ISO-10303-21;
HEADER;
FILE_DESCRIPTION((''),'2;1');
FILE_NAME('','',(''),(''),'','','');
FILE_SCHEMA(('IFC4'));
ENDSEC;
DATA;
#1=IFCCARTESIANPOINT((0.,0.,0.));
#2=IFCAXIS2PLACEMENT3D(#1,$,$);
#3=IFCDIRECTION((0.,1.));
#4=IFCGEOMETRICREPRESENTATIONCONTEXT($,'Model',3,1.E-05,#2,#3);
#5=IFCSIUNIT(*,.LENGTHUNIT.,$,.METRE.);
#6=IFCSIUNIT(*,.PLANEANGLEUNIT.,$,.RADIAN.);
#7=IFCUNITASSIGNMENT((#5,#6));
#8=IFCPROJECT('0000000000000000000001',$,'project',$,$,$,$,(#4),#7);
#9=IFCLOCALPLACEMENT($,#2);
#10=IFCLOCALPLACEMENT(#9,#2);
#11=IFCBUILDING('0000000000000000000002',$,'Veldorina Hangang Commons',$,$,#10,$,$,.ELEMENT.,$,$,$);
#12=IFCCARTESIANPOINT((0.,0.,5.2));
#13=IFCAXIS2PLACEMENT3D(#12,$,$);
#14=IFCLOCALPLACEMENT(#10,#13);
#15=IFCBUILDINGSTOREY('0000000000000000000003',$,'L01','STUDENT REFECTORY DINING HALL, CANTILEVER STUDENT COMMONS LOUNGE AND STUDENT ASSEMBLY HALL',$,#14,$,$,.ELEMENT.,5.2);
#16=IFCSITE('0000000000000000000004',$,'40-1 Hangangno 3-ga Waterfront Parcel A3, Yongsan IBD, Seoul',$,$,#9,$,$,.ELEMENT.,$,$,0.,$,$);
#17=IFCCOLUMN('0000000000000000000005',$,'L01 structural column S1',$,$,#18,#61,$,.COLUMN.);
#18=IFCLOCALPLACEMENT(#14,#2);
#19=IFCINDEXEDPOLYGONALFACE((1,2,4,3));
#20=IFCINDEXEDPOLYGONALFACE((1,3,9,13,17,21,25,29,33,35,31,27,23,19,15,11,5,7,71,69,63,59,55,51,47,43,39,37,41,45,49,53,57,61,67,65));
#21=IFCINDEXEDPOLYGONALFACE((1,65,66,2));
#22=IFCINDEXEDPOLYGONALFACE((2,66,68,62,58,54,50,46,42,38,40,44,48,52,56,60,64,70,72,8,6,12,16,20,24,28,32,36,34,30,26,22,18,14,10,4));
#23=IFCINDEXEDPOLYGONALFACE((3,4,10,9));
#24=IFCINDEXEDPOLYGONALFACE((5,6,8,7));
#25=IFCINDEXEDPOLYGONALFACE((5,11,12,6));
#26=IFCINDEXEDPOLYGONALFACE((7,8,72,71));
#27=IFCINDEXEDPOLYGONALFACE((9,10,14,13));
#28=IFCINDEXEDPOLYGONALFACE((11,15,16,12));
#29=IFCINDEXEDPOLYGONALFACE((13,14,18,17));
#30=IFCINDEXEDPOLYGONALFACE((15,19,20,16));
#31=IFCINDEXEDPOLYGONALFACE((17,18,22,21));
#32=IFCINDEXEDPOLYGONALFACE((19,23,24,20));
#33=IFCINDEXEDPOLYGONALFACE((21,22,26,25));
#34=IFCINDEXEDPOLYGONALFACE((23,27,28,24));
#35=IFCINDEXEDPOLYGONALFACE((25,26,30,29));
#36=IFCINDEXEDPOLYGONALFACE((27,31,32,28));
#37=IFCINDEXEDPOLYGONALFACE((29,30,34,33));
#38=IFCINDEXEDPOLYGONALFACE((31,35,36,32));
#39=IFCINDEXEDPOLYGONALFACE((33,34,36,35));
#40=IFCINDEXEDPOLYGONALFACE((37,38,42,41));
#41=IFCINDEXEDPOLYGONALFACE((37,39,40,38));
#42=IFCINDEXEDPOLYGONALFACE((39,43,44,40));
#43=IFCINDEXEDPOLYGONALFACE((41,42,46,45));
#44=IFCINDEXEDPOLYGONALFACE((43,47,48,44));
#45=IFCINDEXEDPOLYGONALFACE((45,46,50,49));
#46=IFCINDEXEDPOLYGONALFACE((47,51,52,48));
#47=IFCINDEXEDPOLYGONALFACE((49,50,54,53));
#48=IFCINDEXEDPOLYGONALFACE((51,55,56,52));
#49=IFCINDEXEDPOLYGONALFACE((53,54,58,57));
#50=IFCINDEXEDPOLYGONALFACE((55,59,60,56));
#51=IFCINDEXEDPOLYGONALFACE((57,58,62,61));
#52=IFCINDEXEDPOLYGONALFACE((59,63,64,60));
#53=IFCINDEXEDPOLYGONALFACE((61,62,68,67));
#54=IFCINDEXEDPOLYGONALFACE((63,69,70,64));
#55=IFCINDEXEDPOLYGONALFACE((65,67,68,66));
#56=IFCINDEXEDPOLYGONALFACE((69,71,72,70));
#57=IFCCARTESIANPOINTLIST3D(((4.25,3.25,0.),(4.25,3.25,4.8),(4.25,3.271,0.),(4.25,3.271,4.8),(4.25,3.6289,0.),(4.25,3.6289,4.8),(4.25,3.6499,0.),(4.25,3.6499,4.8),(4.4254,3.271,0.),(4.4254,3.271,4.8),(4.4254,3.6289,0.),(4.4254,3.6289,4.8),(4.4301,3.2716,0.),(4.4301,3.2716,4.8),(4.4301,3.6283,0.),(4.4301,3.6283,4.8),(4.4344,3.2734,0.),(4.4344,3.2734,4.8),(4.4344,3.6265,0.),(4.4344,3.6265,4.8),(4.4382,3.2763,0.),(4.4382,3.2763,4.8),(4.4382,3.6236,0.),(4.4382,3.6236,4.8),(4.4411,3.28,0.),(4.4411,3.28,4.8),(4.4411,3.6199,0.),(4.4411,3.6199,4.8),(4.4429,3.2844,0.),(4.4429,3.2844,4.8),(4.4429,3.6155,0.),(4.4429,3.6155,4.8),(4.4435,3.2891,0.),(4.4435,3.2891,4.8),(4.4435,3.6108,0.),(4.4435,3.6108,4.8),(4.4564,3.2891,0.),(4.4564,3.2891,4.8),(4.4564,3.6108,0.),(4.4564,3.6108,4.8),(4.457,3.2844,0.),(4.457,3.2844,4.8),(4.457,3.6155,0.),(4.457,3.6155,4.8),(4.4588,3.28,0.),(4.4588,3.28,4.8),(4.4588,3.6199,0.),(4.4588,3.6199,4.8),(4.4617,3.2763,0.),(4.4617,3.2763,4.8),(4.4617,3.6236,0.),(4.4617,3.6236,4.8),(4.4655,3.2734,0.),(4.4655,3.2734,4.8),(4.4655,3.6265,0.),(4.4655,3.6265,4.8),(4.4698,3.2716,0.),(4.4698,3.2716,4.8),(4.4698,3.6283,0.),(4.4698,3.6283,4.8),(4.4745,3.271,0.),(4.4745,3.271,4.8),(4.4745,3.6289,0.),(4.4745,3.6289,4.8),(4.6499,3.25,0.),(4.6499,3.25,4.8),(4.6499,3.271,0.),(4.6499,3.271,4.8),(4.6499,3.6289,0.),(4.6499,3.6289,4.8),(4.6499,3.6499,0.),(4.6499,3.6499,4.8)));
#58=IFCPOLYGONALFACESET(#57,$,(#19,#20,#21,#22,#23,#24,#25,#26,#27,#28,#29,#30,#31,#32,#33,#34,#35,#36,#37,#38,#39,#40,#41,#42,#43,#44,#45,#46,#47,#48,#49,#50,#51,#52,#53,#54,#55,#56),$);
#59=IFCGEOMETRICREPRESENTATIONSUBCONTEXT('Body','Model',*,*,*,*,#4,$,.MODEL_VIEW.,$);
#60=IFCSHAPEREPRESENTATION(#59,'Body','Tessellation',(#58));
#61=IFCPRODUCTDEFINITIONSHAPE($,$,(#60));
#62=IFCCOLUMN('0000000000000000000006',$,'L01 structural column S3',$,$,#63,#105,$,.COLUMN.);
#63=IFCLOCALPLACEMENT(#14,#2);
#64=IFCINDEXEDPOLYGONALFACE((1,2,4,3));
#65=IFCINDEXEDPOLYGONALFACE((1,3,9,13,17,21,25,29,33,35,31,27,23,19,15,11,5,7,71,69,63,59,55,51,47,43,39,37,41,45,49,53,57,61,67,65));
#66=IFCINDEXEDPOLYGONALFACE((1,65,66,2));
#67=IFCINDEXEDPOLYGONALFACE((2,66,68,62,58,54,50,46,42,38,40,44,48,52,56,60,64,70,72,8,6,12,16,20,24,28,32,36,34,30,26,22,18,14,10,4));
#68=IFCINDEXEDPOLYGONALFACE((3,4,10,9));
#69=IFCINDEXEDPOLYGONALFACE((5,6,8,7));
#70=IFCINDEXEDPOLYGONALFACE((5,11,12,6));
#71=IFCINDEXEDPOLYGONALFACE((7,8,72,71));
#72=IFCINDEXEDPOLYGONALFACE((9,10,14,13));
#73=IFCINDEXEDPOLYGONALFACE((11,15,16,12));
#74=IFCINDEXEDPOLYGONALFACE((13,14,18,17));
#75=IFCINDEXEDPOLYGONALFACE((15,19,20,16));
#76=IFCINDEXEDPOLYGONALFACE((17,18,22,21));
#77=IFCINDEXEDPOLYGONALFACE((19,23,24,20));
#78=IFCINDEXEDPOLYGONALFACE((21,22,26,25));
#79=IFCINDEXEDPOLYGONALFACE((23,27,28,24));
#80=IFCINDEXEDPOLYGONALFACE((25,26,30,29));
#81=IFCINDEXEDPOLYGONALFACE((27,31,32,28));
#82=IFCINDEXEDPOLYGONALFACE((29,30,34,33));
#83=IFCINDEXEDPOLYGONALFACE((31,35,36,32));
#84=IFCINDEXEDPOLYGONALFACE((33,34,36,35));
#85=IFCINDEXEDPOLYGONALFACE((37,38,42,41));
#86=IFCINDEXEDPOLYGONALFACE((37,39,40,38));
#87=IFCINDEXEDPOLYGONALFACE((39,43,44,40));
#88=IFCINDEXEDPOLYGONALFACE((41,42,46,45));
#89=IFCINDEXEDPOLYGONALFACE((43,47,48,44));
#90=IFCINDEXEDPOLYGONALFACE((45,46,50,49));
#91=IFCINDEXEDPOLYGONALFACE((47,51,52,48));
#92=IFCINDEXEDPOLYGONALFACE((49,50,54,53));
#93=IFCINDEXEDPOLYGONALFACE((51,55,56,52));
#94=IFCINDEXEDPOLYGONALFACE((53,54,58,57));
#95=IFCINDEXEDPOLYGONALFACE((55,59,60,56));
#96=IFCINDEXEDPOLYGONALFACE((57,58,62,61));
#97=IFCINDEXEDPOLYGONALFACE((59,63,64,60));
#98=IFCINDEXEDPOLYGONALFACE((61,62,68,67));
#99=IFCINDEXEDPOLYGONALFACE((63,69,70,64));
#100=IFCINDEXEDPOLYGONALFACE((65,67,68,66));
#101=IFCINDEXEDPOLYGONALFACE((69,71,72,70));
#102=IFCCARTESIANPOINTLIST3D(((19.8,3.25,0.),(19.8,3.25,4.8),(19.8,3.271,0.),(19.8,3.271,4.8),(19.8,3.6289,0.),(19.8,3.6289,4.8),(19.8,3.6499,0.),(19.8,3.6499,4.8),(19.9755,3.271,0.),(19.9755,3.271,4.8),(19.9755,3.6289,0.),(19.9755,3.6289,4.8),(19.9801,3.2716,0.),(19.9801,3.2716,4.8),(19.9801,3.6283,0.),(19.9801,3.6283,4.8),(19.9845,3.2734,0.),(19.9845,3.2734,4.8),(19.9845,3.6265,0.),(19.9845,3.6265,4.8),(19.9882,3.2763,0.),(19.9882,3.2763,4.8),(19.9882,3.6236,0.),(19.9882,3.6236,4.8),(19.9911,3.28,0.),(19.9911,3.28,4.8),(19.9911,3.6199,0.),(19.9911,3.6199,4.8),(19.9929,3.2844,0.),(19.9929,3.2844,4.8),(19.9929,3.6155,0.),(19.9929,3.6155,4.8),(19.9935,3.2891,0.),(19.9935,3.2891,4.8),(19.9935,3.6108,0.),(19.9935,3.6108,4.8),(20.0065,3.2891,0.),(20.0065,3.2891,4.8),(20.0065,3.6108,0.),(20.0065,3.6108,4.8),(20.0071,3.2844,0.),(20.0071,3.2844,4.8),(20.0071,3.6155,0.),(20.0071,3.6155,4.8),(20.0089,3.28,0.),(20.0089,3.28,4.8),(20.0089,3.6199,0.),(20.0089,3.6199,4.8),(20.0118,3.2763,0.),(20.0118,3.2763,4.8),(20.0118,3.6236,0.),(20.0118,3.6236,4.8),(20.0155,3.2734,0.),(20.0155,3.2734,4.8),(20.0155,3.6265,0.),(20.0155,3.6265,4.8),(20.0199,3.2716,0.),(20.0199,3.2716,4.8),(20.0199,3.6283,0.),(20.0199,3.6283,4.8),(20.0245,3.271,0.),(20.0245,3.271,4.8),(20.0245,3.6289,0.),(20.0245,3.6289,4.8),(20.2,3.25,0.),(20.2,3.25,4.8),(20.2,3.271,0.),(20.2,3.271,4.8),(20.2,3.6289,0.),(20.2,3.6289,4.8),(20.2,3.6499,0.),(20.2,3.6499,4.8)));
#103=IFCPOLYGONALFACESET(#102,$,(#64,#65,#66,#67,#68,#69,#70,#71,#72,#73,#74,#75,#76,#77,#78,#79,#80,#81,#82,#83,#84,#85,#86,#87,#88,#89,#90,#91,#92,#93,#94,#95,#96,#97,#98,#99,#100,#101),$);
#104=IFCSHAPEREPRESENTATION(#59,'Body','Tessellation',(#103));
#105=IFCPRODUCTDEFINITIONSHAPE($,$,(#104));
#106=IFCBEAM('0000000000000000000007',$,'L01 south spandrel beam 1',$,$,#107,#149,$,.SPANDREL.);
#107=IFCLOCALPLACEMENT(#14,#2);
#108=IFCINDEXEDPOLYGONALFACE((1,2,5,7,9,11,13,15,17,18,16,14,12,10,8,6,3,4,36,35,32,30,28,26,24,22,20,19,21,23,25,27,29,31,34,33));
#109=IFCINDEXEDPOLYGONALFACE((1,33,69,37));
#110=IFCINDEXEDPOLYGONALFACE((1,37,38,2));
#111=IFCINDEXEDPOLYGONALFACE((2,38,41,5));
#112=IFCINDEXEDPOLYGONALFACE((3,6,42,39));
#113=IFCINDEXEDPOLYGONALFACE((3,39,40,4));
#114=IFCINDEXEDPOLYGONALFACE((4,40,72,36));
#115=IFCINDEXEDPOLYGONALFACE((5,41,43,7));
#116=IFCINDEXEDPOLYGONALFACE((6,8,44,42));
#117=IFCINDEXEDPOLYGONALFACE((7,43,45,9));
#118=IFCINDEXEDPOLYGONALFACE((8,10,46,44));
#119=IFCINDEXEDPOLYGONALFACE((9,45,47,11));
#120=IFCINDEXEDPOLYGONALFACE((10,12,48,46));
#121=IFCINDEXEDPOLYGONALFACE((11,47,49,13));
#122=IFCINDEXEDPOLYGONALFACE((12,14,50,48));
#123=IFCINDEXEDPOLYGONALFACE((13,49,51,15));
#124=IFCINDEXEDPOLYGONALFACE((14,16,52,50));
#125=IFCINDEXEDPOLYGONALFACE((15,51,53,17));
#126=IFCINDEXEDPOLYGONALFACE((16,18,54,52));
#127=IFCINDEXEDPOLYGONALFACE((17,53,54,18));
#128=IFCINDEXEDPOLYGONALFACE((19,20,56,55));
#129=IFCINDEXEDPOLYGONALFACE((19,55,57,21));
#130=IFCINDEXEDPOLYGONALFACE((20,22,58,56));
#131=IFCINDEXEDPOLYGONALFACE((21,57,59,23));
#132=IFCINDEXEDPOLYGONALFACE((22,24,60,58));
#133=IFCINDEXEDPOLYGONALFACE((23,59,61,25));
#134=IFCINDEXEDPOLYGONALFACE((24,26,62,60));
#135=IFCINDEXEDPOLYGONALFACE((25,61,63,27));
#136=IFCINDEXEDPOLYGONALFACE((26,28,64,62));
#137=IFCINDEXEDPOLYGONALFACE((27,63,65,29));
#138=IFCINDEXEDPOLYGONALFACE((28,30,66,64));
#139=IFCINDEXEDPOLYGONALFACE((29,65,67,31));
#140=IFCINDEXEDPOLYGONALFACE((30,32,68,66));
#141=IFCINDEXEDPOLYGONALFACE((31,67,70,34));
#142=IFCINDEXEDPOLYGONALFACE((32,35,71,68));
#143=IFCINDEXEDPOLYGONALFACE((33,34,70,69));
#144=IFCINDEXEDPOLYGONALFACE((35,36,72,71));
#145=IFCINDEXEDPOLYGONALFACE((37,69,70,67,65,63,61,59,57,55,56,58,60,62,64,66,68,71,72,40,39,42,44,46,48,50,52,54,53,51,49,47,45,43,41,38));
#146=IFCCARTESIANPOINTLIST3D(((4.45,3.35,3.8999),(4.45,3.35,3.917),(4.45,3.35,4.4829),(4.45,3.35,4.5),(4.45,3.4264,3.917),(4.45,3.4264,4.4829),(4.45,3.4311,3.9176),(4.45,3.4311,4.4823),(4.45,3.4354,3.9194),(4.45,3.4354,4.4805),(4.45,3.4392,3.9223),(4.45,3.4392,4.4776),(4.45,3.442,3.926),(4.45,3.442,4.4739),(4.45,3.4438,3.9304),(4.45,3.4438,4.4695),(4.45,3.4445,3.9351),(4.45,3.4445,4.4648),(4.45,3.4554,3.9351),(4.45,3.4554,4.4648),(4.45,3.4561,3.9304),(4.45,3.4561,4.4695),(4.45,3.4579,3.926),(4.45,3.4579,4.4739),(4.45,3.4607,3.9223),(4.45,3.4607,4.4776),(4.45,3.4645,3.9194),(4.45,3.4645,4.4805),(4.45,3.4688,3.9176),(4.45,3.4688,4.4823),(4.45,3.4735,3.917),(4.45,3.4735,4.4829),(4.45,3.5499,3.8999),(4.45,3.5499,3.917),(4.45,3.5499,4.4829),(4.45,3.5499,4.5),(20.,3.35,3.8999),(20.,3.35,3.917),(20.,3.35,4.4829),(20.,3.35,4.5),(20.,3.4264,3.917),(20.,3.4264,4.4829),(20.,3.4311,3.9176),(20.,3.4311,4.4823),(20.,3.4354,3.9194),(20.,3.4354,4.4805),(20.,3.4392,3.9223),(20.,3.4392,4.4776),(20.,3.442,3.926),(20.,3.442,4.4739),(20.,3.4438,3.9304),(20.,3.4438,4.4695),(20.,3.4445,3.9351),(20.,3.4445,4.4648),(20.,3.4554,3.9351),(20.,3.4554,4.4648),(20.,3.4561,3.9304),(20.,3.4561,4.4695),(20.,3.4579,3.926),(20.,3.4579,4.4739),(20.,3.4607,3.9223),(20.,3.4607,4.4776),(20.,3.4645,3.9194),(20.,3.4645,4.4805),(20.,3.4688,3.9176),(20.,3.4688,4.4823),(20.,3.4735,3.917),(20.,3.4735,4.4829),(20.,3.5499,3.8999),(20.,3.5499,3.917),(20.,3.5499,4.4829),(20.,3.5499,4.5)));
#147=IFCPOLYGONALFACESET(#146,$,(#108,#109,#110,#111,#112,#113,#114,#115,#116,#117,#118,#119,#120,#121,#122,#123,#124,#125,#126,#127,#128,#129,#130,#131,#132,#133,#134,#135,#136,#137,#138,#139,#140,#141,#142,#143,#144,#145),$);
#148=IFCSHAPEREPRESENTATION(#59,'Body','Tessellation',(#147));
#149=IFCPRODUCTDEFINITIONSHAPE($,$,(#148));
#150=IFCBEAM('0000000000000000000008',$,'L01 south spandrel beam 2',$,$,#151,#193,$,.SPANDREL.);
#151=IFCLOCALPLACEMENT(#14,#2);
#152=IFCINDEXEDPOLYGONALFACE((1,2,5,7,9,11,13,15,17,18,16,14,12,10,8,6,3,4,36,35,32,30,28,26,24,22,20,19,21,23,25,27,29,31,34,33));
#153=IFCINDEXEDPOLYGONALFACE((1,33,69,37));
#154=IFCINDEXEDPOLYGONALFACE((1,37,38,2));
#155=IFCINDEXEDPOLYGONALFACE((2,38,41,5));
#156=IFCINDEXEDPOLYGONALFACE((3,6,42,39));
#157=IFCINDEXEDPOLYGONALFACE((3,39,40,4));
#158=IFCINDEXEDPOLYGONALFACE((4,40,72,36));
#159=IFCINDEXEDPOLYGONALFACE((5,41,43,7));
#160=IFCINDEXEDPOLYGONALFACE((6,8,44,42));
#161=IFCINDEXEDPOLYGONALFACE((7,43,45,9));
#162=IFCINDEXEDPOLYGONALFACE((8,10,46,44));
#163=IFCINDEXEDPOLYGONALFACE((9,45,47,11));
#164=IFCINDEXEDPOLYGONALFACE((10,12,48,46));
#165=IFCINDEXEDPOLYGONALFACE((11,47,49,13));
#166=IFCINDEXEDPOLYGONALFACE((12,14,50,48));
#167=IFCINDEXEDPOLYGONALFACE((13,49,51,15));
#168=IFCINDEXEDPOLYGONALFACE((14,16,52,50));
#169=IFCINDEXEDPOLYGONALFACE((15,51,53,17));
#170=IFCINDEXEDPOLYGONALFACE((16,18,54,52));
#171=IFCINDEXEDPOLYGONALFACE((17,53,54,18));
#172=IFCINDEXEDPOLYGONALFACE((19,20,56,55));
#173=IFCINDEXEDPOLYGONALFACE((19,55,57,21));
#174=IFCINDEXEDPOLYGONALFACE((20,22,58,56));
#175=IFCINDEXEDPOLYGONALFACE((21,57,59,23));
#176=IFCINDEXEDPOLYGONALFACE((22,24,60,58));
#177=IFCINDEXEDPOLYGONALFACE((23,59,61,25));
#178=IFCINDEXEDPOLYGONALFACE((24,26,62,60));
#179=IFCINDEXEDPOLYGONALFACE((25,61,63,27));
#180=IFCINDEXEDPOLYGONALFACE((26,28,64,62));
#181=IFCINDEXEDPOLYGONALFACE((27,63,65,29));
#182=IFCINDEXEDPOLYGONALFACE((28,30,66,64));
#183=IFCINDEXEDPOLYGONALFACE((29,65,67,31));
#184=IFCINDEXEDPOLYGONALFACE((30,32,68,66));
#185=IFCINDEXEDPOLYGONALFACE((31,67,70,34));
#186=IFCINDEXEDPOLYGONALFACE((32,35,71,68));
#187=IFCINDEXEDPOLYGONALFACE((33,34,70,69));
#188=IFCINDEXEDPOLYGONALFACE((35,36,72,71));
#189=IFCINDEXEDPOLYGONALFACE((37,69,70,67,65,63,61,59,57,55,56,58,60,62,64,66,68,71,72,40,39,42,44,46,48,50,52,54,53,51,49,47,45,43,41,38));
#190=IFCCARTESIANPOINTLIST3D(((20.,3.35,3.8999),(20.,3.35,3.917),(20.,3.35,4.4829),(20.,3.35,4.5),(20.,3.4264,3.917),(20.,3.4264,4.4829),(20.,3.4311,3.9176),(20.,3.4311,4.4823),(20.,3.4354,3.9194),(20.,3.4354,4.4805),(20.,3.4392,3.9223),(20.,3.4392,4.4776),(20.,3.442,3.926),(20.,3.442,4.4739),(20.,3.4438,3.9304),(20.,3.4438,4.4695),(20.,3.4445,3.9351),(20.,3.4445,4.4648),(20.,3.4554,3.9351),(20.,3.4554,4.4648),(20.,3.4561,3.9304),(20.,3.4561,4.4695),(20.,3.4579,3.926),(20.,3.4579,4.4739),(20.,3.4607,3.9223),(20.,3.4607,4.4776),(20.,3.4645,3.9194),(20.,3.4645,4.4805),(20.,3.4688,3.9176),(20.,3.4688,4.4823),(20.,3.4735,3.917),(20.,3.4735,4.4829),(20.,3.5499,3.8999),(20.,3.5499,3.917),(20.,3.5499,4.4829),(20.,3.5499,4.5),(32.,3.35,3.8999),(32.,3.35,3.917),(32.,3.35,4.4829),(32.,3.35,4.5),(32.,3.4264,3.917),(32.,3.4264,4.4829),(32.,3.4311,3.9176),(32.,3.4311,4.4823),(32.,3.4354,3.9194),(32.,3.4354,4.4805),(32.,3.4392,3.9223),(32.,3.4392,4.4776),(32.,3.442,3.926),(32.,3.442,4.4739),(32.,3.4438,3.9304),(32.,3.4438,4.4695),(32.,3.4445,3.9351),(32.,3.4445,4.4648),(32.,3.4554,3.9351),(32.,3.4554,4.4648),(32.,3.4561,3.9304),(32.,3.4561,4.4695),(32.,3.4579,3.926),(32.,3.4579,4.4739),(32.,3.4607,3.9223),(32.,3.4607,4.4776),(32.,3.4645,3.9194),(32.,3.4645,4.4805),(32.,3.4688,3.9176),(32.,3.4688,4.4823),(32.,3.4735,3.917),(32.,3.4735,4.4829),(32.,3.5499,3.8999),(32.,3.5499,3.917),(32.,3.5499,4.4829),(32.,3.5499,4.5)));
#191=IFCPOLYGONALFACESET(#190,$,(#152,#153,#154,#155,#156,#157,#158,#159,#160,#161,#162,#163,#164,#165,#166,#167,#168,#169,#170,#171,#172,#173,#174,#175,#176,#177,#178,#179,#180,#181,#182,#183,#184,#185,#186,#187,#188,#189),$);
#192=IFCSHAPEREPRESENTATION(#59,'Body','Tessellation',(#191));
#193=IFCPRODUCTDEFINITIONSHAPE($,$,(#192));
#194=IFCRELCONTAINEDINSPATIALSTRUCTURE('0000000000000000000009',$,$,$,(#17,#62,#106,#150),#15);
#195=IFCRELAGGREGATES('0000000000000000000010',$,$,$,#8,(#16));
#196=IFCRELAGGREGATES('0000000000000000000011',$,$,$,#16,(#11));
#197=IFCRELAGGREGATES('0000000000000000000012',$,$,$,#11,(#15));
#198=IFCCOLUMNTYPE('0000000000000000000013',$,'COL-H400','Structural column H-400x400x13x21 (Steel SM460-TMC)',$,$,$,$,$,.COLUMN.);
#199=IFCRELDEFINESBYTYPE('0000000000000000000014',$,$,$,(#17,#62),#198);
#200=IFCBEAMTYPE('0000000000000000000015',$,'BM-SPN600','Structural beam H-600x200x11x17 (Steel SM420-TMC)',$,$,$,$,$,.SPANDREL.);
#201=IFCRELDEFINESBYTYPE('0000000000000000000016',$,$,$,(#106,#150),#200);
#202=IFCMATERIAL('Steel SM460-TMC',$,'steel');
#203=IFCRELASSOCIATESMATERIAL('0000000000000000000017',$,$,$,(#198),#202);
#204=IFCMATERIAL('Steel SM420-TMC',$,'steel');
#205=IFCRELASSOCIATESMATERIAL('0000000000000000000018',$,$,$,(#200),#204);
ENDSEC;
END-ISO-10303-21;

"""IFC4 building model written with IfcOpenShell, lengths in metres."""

from ifc_helpers import new_model, si_unit, direction, frame, origin, origin_2d, place, context, subcontext, project, spatial, i_section, extrude, material, material_profile, profile_set, type_object, element, save


model = new_model("IFC4")

# Units and contexts
model_context = context("Model", 3, precision=1e-05, world=origin(), true_north=direction((0.0, 1.0)))
body_context = subcontext(model_context, "Body", "Model", "MODEL_VIEW")
ifc_project = project(units=[si_unit("LENGTHUNIT", "METRE"), si_unit("PLANEANGLEUNIT", "RADIAN")], contexts=[model_context])

# Site, building, storey
site_placement = place(None, origin())
site = spatial("IfcSite", under=ifc_project, at=site_placement, Name="40-1 Hangangno 3-ga Waterfront Parcel A3, Yongsan IBD, Seoul", CompositionType="ELEMENT", RefElevation=0.0)
building_placement = place(site_placement, origin())
building = spatial("IfcBuilding", under=site, at=building_placement, Name="Veldorina Hangang Commons", CompositionType="ELEMENT")
storey_placement = place(building_placement, frame((0.0, 0.0, 5.2)))
storey = spatial("IfcBuildingStorey", under=building, at=storey_placement, Name="L01", Description="STUDENT REFECTORY DINING HALL, CANTILEVER STUDENT COMMONS LOUNGE AND STUDENT ASSEMBLY HALL", CompositionType="ELEMENT", Elevation=5.2)

# Columns
ifc_material_1 = material(Name="Steel SM460-TMC", Category="steel")
ifc_material_profile_1 = material_profile(ifc_material_1, i_section(OverallWidth=0.3999, OverallDepth=0.3999, WebThickness=0.0129, FlangeThickness=0.021, FilletRadius=0.0181, at=origin_2d()), Name="H-400x400x13x21")
ifc_profile_set_1 = profile_set([ifc_material_profile_1], Name="Steel SM460-TMC")
column_type = type_object("IfcColumnType", Name="COL-H400", Description="Structural column H-400x400x13x21 (Steel SM460-TMC)", PredefinedType="COLUMN", material=ifc_profile_set_1)
for number, where, z_axis, x_axis, name in (
    (1, (4.45, 3.45, 0.0), (0.0, 0.0, 1.0), (1.0, 0.0, 0.0), "L01 structural column S1"),
    (2, (20.0, 3.45, 0.0), (0.0, 0.0, 1.0), (1.0, 0.0, 0.0), "L01 structural column S3"),
):
    element("IfcColumn", number, at=place(storey_placement, frame(where, z_axis=z_axis, x_axis=x_axis)), inside=storey, type_object=column_type, Name=name, PredefinedType="COLUMN", context=body_context, shape_type="SweptSolid", body=[
        extrude(i_section(OverallWidth=0.3999, OverallDepth=0.3999, WebThickness=0.0129, FlangeThickness=0.021, FilletRadius=0.0181, at=origin_2d()), origin(), (0.0, 0.0, 1.0), 4.8),
    ])

# Beams
ifc_material_2 = material(Name="Steel SM420-TMC", Category="steel")
ifc_material_profile_2 = material_profile(ifc_material_2, i_section(OverallWidth=0.2, OverallDepth=0.6001, WebThickness=0.011, FlangeThickness=0.0171, FilletRadius=0.0181, at=origin_2d()), Name="H-600x200x11x17")
ifc_profile_set_2 = profile_set([ifc_material_profile_2], Name="Steel SM420-TMC")
beam_type = type_object("IfcBeamType", Name="BM-SPN600", Description="Structural beam H-600x200x11x17 (Steel SM420-TMC)", PredefinedType="SPANDREL", material=ifc_profile_set_2)
beam_1_placement = place(storey_placement, frame((4.45, 3.45, 4.2), z_axis=(1.0, 0.0, 0.0), x_axis=(0.0, 1.0, 0.0)))
element("IfcBeam", 3, at=beam_1_placement, inside=storey, type_object=beam_type, Name="L01 south spandrel beam 1", PredefinedType="SPANDREL", context=body_context, shape_type="SweptSolid", body=[
    extrude(i_section(OverallWidth=0.2, OverallDepth=0.6001, WebThickness=0.011, FlangeThickness=0.0171, FilletRadius=0.0181, at=origin_2d()), origin(), (0.0, 0.0, 1.0), 15.55),
])
beam_2_placement = place(storey_placement, frame((20.0, 3.45, 4.2), z_axis=(1.0, 0.0, 0.0), x_axis=(0.0, 1.0, 0.0)))
element("IfcBeam", 4, at=beam_2_placement, inside=storey, type_object=beam_type, Name="L01 south spandrel beam 2", PredefinedType="SPANDREL", context=body_context, shape_type="SweptSolid", body=[
    extrude(i_section(OverallWidth=0.2, OverallDepth=0.6001, WebThickness=0.011, FlangeThickness=0.0171, FilletRadius=0.0181, at=origin_2d()), origin(), (0.0, 0.0, 1.0), 12.0),
])

save(model, "model.ifc")
